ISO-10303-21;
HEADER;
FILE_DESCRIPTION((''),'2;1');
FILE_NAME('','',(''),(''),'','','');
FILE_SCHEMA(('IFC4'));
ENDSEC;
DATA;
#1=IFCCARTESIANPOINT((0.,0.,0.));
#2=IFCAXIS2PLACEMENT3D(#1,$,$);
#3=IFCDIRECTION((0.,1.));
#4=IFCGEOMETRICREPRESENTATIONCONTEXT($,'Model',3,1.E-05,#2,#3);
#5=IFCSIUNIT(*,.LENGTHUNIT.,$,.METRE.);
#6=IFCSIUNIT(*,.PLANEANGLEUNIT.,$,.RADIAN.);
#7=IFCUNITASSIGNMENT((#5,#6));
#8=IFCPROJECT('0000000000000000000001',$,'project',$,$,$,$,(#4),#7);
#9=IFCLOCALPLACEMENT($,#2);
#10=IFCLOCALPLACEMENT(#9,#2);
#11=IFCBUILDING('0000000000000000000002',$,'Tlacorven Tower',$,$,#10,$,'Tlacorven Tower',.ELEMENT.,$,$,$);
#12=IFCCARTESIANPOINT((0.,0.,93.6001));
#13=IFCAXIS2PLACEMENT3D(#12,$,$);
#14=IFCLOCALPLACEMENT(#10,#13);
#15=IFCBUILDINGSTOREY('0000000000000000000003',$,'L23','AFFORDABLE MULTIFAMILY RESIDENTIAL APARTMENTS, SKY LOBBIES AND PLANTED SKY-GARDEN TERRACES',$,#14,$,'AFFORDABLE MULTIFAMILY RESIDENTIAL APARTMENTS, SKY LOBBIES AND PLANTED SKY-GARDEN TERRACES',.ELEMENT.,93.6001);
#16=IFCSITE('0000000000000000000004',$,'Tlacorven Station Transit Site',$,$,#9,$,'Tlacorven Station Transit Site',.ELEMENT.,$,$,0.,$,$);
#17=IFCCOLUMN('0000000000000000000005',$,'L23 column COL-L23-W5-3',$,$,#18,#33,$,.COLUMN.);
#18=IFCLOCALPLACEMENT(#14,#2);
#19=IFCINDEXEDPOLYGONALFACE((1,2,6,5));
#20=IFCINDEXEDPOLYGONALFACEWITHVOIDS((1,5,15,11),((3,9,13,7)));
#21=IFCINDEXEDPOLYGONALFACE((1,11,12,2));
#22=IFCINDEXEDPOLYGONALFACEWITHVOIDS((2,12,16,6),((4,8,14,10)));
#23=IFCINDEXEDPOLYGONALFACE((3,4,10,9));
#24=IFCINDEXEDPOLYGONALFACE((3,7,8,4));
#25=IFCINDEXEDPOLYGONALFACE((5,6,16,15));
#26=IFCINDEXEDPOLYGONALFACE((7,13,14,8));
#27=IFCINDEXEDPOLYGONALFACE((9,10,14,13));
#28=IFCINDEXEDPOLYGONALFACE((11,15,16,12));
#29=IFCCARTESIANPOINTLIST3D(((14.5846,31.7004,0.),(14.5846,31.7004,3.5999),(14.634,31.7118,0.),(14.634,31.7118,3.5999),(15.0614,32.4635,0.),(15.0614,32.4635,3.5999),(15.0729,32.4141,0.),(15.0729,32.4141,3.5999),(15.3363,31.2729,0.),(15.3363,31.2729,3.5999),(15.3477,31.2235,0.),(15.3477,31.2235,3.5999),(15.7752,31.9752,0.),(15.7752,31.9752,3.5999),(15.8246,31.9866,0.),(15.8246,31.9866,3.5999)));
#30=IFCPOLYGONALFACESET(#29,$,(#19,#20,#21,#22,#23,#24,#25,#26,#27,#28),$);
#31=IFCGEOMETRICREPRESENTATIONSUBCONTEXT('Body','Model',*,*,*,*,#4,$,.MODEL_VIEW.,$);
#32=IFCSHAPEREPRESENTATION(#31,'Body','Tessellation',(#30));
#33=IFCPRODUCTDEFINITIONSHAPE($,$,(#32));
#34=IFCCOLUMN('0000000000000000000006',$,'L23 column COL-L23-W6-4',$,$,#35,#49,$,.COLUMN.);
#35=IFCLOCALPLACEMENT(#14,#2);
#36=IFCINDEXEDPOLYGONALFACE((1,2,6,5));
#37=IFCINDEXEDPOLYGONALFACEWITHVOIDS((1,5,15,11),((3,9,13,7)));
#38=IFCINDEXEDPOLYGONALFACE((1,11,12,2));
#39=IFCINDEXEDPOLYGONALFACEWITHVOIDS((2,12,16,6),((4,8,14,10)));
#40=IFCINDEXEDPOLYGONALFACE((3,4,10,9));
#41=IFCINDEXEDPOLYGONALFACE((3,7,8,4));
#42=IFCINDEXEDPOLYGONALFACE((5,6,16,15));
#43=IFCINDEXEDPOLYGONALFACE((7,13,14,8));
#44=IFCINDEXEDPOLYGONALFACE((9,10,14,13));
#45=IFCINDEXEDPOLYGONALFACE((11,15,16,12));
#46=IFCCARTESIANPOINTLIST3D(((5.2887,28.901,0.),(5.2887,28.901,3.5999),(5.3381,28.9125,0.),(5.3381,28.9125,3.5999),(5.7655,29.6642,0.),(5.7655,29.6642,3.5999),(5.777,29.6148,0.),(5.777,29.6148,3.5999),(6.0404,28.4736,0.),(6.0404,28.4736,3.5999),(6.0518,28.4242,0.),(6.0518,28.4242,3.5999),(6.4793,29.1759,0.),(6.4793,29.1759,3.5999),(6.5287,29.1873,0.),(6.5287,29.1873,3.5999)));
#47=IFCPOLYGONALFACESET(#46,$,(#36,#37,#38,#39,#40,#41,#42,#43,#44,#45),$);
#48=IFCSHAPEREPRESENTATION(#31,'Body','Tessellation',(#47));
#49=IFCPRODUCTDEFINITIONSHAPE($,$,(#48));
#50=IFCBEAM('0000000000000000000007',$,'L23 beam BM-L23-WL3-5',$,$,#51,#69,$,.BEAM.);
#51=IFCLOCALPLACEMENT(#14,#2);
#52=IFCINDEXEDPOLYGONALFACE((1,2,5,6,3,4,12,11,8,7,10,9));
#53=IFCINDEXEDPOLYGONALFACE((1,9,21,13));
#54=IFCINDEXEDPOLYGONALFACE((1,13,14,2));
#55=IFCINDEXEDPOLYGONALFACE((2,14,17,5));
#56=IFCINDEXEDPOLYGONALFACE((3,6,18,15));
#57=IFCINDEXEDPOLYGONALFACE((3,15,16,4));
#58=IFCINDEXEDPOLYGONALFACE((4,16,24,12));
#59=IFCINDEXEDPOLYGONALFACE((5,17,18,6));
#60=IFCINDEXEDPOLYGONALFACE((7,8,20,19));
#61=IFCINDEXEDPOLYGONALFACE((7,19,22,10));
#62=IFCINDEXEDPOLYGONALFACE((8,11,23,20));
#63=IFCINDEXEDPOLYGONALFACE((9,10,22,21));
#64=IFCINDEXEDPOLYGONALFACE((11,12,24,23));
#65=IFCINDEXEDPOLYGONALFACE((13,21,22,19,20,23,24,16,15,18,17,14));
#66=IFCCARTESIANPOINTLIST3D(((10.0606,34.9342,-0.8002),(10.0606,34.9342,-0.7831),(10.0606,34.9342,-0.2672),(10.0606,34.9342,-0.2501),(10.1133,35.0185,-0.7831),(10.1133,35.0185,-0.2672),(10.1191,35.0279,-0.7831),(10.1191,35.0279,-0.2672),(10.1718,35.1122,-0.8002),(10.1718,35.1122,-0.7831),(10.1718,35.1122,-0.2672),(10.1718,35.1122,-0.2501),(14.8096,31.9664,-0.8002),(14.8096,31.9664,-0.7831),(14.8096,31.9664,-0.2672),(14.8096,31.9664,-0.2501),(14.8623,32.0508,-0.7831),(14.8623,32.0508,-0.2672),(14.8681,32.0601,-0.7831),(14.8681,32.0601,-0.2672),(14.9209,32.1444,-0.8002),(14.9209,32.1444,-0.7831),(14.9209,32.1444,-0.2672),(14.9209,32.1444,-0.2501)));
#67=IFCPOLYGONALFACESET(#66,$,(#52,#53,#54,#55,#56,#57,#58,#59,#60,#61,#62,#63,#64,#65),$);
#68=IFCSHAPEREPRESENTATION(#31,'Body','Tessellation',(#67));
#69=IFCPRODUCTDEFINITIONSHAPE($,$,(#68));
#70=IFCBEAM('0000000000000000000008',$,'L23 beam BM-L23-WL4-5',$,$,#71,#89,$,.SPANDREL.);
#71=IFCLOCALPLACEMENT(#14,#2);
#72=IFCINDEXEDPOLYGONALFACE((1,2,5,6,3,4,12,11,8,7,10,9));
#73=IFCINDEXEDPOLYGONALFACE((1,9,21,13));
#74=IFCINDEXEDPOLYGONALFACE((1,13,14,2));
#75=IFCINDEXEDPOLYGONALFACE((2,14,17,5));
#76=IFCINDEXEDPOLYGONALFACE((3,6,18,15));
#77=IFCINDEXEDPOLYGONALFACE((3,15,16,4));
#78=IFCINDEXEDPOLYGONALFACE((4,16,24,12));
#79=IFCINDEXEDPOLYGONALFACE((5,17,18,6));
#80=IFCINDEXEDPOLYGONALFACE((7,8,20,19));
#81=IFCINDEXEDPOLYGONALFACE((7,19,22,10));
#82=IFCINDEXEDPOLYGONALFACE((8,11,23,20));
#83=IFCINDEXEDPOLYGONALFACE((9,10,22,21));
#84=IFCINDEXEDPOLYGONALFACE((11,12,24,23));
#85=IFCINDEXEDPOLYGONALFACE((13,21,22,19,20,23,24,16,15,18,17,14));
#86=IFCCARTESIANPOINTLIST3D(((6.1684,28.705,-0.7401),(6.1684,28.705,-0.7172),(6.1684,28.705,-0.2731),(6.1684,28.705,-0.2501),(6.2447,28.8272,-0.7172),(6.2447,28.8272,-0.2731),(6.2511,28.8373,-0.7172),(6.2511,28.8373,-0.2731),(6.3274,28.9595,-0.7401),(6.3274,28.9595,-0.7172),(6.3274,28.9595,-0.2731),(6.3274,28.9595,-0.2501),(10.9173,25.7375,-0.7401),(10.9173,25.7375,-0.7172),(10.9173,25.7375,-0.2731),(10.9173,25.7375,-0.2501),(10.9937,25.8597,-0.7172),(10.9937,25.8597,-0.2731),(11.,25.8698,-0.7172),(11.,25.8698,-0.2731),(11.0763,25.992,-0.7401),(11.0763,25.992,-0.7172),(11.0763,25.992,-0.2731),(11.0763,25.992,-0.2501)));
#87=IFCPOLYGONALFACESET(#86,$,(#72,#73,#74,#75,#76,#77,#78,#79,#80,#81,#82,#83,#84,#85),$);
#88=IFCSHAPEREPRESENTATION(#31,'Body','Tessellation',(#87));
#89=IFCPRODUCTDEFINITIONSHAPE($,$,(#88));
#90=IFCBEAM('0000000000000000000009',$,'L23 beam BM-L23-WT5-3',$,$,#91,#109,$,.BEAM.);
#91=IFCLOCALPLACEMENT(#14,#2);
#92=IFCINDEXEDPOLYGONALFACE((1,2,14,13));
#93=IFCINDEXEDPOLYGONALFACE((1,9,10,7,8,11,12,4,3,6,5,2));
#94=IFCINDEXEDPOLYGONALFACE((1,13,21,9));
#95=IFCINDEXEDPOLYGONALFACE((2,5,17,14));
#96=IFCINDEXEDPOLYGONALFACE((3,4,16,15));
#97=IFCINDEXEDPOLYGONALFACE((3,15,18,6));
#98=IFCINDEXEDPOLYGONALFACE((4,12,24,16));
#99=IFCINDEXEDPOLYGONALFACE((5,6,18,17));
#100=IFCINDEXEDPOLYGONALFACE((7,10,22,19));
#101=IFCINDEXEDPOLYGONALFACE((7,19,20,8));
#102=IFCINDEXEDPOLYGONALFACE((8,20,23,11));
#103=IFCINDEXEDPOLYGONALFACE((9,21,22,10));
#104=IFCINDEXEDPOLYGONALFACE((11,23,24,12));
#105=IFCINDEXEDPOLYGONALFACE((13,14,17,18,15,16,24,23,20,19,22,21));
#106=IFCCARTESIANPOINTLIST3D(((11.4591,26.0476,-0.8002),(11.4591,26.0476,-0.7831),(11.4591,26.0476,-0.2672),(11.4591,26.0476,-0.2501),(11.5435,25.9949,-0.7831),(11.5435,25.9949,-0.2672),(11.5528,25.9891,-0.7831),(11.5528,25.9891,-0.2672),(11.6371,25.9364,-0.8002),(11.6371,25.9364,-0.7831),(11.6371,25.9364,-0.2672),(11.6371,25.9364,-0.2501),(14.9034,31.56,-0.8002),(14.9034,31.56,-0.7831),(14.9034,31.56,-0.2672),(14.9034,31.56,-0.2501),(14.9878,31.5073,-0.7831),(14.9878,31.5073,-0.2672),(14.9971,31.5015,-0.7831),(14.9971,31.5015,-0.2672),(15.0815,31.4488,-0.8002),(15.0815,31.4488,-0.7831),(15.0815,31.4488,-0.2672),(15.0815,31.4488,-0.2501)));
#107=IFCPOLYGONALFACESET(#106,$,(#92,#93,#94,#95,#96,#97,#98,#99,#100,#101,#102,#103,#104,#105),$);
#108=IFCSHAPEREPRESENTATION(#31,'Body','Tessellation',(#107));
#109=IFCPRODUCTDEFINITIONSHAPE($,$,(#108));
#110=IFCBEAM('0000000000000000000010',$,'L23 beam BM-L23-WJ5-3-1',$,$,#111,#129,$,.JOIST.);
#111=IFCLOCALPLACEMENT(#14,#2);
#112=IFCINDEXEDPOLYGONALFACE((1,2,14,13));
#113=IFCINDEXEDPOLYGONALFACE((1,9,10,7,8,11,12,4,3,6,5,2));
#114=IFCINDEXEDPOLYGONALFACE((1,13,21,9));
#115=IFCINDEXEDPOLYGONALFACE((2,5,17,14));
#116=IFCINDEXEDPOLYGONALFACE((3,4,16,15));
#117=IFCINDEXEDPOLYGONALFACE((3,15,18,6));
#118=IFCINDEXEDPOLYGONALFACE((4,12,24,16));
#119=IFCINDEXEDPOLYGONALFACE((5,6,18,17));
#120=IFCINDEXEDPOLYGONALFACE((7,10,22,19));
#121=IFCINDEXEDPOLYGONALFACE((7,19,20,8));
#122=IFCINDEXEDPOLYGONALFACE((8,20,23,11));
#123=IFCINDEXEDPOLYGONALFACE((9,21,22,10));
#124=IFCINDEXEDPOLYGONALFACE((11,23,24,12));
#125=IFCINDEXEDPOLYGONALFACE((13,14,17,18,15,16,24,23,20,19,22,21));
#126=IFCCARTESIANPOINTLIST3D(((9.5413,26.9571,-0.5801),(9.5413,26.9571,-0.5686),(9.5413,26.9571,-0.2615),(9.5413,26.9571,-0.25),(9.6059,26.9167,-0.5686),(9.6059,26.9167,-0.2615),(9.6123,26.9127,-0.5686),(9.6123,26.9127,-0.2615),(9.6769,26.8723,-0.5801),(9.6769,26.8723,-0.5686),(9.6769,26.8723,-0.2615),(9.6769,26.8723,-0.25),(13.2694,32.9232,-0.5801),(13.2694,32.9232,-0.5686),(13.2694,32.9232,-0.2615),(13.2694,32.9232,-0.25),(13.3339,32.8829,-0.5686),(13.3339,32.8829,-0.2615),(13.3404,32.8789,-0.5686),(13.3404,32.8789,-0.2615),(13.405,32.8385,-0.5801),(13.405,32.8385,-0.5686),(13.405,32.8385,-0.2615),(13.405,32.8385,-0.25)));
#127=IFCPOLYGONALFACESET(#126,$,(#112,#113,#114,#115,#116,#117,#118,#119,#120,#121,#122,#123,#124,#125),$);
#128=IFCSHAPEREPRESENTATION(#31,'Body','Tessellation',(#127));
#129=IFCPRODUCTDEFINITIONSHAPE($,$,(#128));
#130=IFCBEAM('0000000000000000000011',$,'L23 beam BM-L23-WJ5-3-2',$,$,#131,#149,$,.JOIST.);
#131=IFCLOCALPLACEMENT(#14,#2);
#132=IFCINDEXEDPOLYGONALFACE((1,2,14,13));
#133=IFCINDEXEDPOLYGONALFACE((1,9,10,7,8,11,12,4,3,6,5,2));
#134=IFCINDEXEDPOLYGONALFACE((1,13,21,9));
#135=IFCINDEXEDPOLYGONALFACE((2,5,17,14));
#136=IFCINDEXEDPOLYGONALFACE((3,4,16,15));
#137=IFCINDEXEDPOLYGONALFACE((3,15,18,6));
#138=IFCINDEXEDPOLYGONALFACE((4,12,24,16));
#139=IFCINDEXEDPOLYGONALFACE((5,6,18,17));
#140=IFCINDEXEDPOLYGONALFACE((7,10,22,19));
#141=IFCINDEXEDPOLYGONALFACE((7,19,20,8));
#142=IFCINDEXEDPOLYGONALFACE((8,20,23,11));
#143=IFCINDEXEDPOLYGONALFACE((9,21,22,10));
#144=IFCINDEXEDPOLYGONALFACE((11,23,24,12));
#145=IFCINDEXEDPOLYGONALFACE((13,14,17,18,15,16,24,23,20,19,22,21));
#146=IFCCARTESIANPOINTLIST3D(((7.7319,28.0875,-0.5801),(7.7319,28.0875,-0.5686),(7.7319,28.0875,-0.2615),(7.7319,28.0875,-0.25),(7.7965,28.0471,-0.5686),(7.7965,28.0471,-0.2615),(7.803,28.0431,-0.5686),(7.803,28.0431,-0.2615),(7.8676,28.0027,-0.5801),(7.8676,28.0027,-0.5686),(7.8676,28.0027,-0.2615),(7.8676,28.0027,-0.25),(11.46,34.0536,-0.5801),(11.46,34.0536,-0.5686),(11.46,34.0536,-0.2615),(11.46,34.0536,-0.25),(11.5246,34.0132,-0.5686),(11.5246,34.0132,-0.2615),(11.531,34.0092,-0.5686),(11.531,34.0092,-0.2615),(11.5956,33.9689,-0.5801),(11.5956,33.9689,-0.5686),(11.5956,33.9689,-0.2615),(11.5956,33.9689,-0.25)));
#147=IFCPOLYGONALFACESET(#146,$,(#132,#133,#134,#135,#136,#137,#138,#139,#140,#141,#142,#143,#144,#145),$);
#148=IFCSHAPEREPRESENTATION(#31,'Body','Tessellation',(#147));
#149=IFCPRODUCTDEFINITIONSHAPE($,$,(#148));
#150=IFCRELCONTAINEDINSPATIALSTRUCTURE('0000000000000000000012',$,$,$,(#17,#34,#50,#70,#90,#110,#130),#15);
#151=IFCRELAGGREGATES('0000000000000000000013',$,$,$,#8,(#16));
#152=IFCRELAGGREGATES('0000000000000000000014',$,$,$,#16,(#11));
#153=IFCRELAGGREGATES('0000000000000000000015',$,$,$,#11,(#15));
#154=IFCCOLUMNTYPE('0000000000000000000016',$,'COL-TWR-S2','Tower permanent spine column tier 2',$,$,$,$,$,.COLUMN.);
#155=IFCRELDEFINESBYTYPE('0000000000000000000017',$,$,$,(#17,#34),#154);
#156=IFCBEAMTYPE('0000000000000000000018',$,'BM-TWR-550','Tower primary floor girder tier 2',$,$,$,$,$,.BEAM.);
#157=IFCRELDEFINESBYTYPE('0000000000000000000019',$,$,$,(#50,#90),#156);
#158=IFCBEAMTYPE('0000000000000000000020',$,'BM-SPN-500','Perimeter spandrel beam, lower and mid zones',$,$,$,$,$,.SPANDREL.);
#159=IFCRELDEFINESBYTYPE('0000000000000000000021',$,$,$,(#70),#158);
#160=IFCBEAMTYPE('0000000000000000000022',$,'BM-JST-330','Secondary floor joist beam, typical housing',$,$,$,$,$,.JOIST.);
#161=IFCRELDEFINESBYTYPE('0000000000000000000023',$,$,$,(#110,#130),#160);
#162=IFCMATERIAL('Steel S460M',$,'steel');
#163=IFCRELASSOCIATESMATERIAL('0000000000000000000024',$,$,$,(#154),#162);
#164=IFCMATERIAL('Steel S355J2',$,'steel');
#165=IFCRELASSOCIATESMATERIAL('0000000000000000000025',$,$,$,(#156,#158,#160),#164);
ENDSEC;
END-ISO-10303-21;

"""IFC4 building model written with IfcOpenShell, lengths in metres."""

from ifc_helpers import new_model, si_unit, direction, frame, origin, origin_2d, place, context, subcontext, project, spatial, hollow_rectangle, i_section, extrude, source, transform, mapped, material, material_profile, profile_set, type_object, element, save


model = new_model("IFC4")

# Units and contexts
model_context = context("Model", 3, precision=1e-05, world=origin(), true_north=direction((0.0, 1.0)))
body_context = subcontext(model_context, "Body", "Model", "MODEL_VIEW")
ifc_project = project(units=[si_unit("LENGTHUNIT", "METRE"), si_unit("PLANEANGLEUNIT", "RADIAN")], contexts=[model_context])

# Site, building, storey
site_placement = place(None, origin())
site = spatial("IfcSite", under=ifc_project, at=site_placement, Name="Tlacorven Station Transit Site", LongName="Tlacorven Station Transit Site", CompositionType="ELEMENT", RefElevation=0.0)
building_placement = place(site_placement, origin())
building = spatial("IfcBuilding", under=site, at=building_placement, Name="Tlacorven Tower", LongName="Tlacorven Tower", CompositionType="ELEMENT")
storey_placement = place(building_placement, frame((0.0, 0.0, 93.6001)))
storey = spatial("IfcBuildingStorey", under=building, at=storey_placement, Name="L23", Description="AFFORDABLE MULTIFAMILY RESIDENTIAL APARTMENTS, SKY LOBBIES AND PLANTED SKY-GARDEN TERRACES", LongName="AFFORDABLE MULTIFAMILY RESIDENTIAL APARTMENTS, SKY LOBBIES AND PLANTED SKY-GARDEN TERRACES", CompositionType="ELEMENT", Elevation=93.6001)

# Columns
ifc_material_1 = material(Name="Steel S460M", Category="steel")
ifc_material_profile_1 = material_profile(ifc_material_1, hollow_rectangle(XDim=0.8999, YDim=0.8999, WallThickness=0.0359, at=origin_2d()), Name="BOX 900X900X36")
ifc_profile_set_1 = profile_set([ifc_material_profile_1], Name="Steel S460M")
column_type = type_object("IfcColumnType", Name="COL-TWR-S2", Description="Tower permanent spine column tier 2", PredefinedType="COLUMN", material=ifc_profile_set_1)
shared_shape_1 = source(origin(), body_context, "Body", "SweptSolid", [
    extrude(hollow_rectangle(XDim=0.8999, YDim=0.8999, WallThickness=0.0359, at=origin_2d()), origin(), (0.0, 0.0, 1.0), 3.5999),
])
for number, where, z_axis, x_axis, name in (
    (1, (15.2046, 31.8435, 0.0), (0.0, 0.0, 1.0), (-0.848048, 0.529919, 0.0), "L23 column COL-L23-W5-3"),
    (2, (5.9087, 29.0442, 0.0), (0.0, 0.0, 1.0), (-0.848048, 0.529919, 0.0), "L23 column COL-L23-W6-4"),
):
    element("IfcColumn", number, at=place(storey_placement, frame(where, z_axis=z_axis, x_axis=x_axis)), inside=storey, type_object=column_type, Name=name, PredefinedType="COLUMN", context=body_context, shape_type="MappedRepresentation", body=[
        mapped(shared_shape_1, transform((0.0, 0.0, 0.0), scale=1.0)),
    ])

# Beams
ifc_material_2 = material(Name="Steel S355J2", Category="steel")
ifc_material_profile_2 = material_profile(ifc_material_2, i_section(OverallWidth=0.21, OverallDepth=0.55, WebThickness=0.011, FlangeThickness=0.0171, at=origin_2d()), Name="IPE 550")
ifc_profile_set_2 = profile_set([ifc_material_profile_2], Name="Steel S355J2")
beam_type_1 = type_object("IfcBeamType", Name="BM-TWR-550", Description="Tower primary floor girder tier 2", PredefinedType="BEAM", material=ifc_profile_set_2)
shared_shape_2 = source(origin(), body_context, "Body", "SweptSolid", [
    extrude(i_section(OverallWidth=0.21, OverallDepth=0.55, WebThickness=0.011, FlangeThickness=0.0171, at=origin_2d()), origin(), (0.0, 0.0, 1.0), 5.6001),
])
beam_1_placement = place(storey_placement, frame((14.8652, 32.0554, -0.5251), z_axis=(-0.848028, 0.529952, 0.0), x_axis=(-0.529952, -0.848028, 0.0)))
element("IfcBeam", 3, at=beam_1_placement, inside=storey, type_object=beam_type_1, Name="L23 beam BM-L23-WL3-5", PredefinedType="BEAM", context=body_context, shape_type="MappedRepresentation", body=[
    mapped(shared_shape_2, transform((0.0, 0.0, 0.0), scale=1.0)),
])
ifc_material_profile_3 = material_profile(ifc_material_2, i_section(OverallWidth=0.3, OverallDepth=0.49, WebThickness=0.012, FlangeThickness=0.0229, at=origin_2d()), Name="HEA 500")
ifc_profile_set_3 = profile_set([ifc_material_profile_3], Name="Steel S355J2")
beam_type_2 = type_object("IfcBeamType", Name="BM-SPN-500", Description="Perimeter spandrel beam, lower and mid zones", PredefinedType="SPANDREL", material=ifc_profile_set_3)
shared_shape_3 = source(origin(), body_context, "Body", "SweptSolid", [
    extrude(i_section(OverallWidth=0.3, OverallDepth=0.49, WebThickness=0.012, FlangeThickness=0.0229, at=origin_2d()), origin(), (0.0, 0.0, 1.0), 5.5999),
])
beam_2_placement = place(storey_placement, frame((10.9968, 25.8647, -0.4951), z_axis=(-0.848047, 0.529921, 0.0), x_axis=(-0.529921, -0.848047, 0.0)))
element("IfcBeam", 4, at=beam_2_placement, inside=storey, type_object=beam_type_2, Name="L23 beam BM-L23-WL4-5", PredefinedType="SPANDREL", context=body_context, shape_type="MappedRepresentation", body=[
    mapped(shared_shape_3, transform((0.0, 0.0, 0.0), scale=1.0)),
])
shared_shape_4 = source(origin(), body_context, "Body", "SweptSolid", [
    extrude(i_section(OverallWidth=0.21, OverallDepth=0.55, WebThickness=0.011, FlangeThickness=0.0171, at=origin_2d()), origin(), (0.0, 0.0, 1.0), 6.5),
])
beam_3_placement = place(storey_placement, frame((14.9924, 31.5044, -0.5251), z_axis=(-0.529894, -0.848064, 0.0), x_axis=(0.848064, -0.529894, 0.0)))
element("IfcBeam", 5, at=beam_3_placement, inside=storey, type_object=beam_type_1, Name="L23 beam BM-L23-WT5-3", PredefinedType="BEAM", context=body_context, shape_type="MappedRepresentation", body=[
    mapped(shared_shape_4, transform((0.0, 0.0, 0.0), scale=1.0)),
])
ifc_material_profile_4 = material_profile(ifc_material_2, i_section(OverallWidth=0.1599, OverallDepth=0.3301, WebThickness=0.0076, FlangeThickness=0.0115, at=origin_2d()), Name="IPE 330")
ifc_profile_set_4 = profile_set([ifc_material_profile_4], Name="Steel S355J2")
beam_type_3 = type_object("IfcBeamType", Name="BM-JST-330", Description="Secondary floor joist beam, typical housing", PredefinedType="JOIST", material=ifc_profile_set_4)
shared_shape_5 = source(origin(), body_context, "Body", "SweptSolid", [
    extrude(i_section(OverallWidth=0.1599, OverallDepth=0.3301, WebThickness=0.0076, FlangeThickness=0.0115, at=origin_2d()), origin(), (0.0, 0.0, 1.0), 7.0352),
])
for number, where, z_axis, x_axis, name in (
    (6, (13.3372, 32.8809, -0.415), (-0.529921, -0.848047, 0.0), (0.848047, -0.529921, 0.0), "L23 beam BM-L23-WJ5-3-1"),
    (7, (11.5278, 34.0112, -0.415), (-0.529921, -0.848047, 0.0), (0.848047, -0.529921, 0.0), "L23 beam BM-L23-WJ5-3-2"),
):
    element("IfcBeam", number, at=place(storey_placement, frame(where, z_axis=z_axis, x_axis=x_axis)), inside=storey, type_object=beam_type_3, Name=name, PredefinedType="JOIST", context=body_context, shape_type="MappedRepresentation", body=[
        mapped(shared_shape_5, transform((0.0, 0.0, 0.0), scale=1.0)),
    ])

save(model, "model.ifc")
